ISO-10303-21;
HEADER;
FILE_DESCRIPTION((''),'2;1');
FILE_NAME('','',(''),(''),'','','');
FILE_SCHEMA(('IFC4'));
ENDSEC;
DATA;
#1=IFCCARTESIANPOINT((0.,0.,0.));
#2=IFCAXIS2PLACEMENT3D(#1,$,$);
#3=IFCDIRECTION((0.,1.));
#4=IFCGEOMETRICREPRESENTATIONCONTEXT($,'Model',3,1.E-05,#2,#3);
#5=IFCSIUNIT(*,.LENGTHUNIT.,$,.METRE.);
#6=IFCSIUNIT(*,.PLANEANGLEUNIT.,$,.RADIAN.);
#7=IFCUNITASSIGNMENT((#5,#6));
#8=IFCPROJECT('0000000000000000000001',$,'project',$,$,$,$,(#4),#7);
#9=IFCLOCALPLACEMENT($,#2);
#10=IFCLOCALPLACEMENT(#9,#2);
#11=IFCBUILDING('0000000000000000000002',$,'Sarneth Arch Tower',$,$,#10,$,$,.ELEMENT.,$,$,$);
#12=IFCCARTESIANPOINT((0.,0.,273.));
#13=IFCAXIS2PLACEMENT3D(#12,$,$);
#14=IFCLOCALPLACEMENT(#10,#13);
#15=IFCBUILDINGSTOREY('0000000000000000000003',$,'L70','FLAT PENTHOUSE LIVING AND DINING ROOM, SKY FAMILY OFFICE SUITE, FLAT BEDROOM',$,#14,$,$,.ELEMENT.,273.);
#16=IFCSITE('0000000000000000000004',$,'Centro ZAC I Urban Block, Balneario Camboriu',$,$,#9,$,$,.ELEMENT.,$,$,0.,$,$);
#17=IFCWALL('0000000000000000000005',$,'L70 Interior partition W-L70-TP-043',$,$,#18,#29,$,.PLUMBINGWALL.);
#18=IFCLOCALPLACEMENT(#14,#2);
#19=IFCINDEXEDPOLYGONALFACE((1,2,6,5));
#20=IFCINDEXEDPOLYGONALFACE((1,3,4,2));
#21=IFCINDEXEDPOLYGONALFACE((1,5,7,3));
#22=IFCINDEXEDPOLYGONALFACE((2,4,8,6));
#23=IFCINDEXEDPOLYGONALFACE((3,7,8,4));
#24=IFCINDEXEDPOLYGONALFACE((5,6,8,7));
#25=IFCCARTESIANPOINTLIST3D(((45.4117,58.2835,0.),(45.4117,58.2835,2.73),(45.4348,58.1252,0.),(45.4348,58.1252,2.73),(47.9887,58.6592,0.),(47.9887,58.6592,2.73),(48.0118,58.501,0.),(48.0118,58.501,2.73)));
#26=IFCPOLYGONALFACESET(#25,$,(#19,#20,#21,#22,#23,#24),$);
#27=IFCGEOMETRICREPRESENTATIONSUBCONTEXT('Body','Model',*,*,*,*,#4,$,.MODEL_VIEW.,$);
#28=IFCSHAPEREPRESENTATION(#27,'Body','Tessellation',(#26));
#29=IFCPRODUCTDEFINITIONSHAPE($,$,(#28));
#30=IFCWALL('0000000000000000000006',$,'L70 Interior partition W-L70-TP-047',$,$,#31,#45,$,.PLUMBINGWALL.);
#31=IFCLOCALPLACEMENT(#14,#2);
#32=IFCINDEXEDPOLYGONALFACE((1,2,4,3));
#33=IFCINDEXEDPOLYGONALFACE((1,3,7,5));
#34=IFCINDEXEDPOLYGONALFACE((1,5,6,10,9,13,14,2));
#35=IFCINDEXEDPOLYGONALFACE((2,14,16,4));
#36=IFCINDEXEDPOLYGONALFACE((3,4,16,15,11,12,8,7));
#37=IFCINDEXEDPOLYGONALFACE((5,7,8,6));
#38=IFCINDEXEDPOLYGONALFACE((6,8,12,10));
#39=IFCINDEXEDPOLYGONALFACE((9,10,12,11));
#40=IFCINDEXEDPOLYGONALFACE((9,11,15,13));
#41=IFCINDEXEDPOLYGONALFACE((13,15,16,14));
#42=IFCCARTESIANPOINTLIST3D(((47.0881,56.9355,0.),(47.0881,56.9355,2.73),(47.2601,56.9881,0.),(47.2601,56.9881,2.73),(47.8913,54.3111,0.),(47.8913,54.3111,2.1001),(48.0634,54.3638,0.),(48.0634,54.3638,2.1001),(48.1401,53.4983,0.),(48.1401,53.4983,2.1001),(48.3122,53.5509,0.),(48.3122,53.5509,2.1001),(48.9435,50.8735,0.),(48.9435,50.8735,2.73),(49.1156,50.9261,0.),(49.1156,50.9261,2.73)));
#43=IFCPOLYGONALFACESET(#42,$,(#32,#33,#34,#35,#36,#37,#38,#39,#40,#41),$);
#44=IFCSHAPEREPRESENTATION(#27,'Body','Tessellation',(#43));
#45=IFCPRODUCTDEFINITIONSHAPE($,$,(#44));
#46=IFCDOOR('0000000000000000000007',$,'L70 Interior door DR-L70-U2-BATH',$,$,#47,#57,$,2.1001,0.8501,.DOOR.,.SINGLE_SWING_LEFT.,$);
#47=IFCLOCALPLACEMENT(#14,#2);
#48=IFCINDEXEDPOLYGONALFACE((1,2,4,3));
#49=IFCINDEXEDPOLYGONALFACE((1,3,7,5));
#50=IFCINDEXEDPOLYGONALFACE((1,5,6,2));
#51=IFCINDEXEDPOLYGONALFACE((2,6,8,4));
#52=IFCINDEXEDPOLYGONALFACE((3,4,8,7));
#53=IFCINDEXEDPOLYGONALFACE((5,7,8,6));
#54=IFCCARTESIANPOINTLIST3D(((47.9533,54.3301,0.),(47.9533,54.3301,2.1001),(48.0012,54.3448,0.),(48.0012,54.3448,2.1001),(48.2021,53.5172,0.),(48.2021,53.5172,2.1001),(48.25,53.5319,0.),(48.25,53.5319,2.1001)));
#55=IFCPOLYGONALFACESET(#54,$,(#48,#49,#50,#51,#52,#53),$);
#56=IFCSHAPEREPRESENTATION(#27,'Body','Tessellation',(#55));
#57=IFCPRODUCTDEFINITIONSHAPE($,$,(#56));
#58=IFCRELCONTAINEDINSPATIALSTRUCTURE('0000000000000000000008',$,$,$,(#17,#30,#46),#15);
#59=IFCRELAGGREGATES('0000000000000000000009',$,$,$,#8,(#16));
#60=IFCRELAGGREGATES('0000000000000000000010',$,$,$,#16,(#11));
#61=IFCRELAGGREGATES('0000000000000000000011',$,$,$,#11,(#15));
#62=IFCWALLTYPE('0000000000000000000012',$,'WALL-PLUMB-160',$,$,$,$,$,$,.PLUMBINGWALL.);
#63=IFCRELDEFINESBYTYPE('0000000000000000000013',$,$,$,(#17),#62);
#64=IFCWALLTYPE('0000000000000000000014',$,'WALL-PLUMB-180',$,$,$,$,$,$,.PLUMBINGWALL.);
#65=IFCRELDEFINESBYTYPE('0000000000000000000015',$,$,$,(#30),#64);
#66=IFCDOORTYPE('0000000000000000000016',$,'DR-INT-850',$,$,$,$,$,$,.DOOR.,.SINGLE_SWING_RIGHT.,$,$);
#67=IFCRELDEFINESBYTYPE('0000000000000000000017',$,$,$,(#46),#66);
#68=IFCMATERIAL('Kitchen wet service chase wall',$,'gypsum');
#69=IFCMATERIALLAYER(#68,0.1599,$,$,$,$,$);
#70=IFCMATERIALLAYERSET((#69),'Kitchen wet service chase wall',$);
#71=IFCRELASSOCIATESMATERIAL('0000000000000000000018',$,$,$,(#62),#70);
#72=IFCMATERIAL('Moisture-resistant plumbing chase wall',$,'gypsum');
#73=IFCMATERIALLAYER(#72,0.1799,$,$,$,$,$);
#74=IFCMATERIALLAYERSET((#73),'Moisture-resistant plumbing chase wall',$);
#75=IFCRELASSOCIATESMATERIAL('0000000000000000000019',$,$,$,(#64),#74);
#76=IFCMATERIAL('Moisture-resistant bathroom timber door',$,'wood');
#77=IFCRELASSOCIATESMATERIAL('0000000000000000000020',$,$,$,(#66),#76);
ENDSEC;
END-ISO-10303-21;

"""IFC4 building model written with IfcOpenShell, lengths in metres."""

from ifc_helpers import new_model, si_unit, direction, frame, frame_2d, origin, place, context, subcontext, project, spatial, rectangle, extrude, material, layer, layer_set, type_object, element, fill, save


model = new_model("IFC4")

# Units and contexts
model_context = context("Model", 3, precision=1e-05, world=origin(), true_north=direction((0.0, 1.0)))
body_context = subcontext(model_context, "Body", "Model", "MODEL_VIEW")
ifc_project = project(units=[si_unit("LENGTHUNIT", "METRE"), si_unit("PLANEANGLEUNIT", "RADIAN")], contexts=[model_context])

# Site, building, storey
site_placement = place(None, origin())
site = spatial("IfcSite", under=ifc_project, at=site_placement, Name="Centro ZAC I Urban Block, Balneario Camboriu", CompositionType="ELEMENT", RefElevation=0.0)
building_placement = place(site_placement, origin())
building = spatial("IfcBuilding", under=site, at=building_placement, Name="Sarneth Arch Tower", CompositionType="ELEMENT")
storey_placement = place(building_placement, frame((0.0, 0.0, 273.0)))
storey = spatial("IfcBuildingStorey", under=building, at=storey_placement, Name="L70", Description="FLAT PENTHOUSE LIVING AND DINING ROOM, SKY FAMILY OFFICE SUITE, FLAT BEDROOM", CompositionType="ELEMENT", Elevation=273.0)

# Wall
ifc_material_1 = material(Name="Kitchen wet service chase wall", Category="gypsum")
ifc_layer_1 = layer(ifc_material_1, 0.1599)
ifc_layer_set_1 = layer_set([ifc_layer_1], Name="Kitchen wet service chase wall")
wall_type_1 = type_object("IfcWallType", Name="WALL-PLUMB-160", PredefinedType="PLUMBINGWALL", material=ifc_layer_set_1)
wall_1_placement = place(storey_placement, frame((45.4231, 58.2043, 0.0), z_axis=(0.0, 0.0, 1.0), x_axis=(0.989537, 0.144282, 0.0)))
element("IfcWall", 1, at=wall_1_placement, inside=storey, type_object=wall_type_1, Name="L70 Interior partition W-L70-TP-043", PredefinedType="PLUMBINGWALL", context=body_context, shape_type="SweptSolid", body=[
    extrude(rectangle(XDim=2.6042, YDim=0.1599, at=frame_2d((1.3022, 0.0))), origin(), (0.0, 0.0, 1.0), 2.73),
])

# Wall, opening, door
ifc_material_2 = material(Name="Moisture-resistant plumbing chase wall", Category="gypsum")
ifc_layer_2 = layer(ifc_material_2, 0.1799)
ifc_layer_set_2 = layer_set([ifc_layer_2], Name="Moisture-resistant plumbing chase wall")
wall_type_2 = type_object("IfcWallType", Name="WALL-PLUMB-180", PredefinedType="PLUMBINGWALL", material=ifc_layer_set_2)
wall_2_placement = place(storey_placement, frame((47.1741, 56.9619, 0.0), z_axis=(0.0, 0.0, 1.0), x_axis=(0.292678, -0.956211, 0.0)))
wall_2 = element("IfcWall", 2, at=wall_2_placement, inside=storey, type_object=wall_type_2, Name="L70 Interior partition W-L70-TP-047", PredefinedType="PLUMBINGWALL", context=body_context, shape_type="SweptSolid", body=[
    extrude(rectangle(XDim=6.3396, YDim=0.1799, at=frame_2d((3.1699, 0.0))), origin(), (0.0, 0.0, 1.0), 2.73),
])
opening_1_placement = place(wall_2_placement, frame((2.7446, 0.0, 0.0)))
opening_1 = element("IfcOpeningElement", 3, at=opening_1_placement, cuts=wall_2, PredefinedType="OPENING", context=body_context, shape_type="SweptSolid", body=[
    extrude(rectangle(XDim=0.8501, YDim=2.1001, at=frame_2d((0.425, 1.05))), frame((0.0, 0.0999, 0.0), z_axis=(0.0, -1.0, 0.0), x_axis=(1.0, 0.0, 0.0)), (0.0, 0.0, 1.0), 0.2),
])
ifc_material_3 = material(Name="Moisture-resistant bathroom timber door", Category="wood")
door_type_1 = type_object("IfcDoorType", Name="DR-INT-850", OperationType="SINGLE_SWING_RIGHT", PredefinedType="DOOR", material=ifc_material_3)
door_1_placement = place(opening_1_placement, origin())
door_1 = element("IfcDoor", 4, at=door_1_placement, inside=storey, type_object=door_type_1, Name="L70 Interior door DR-L70-U2-BATH", OperationType="SINGLE_SWING_LEFT", OverallHeight=2.1001, OverallWidth=0.8501, PredefinedType="DOOR", context=body_context, shape_type="SweptSolid", body=[
    extrude(rectangle(XDim=0.8501, YDim=2.1001, at=frame_2d((0.425, 1.05))), frame((0.0, 0.0249, 0.0), z_axis=(0.0, -1.0, 0.0), x_axis=(1.0, 0.0, 0.0)), (0.0, 0.0, 1.0), 0.05),
])
fill(opening_1, door_1)

save(model, "model.ifc")
